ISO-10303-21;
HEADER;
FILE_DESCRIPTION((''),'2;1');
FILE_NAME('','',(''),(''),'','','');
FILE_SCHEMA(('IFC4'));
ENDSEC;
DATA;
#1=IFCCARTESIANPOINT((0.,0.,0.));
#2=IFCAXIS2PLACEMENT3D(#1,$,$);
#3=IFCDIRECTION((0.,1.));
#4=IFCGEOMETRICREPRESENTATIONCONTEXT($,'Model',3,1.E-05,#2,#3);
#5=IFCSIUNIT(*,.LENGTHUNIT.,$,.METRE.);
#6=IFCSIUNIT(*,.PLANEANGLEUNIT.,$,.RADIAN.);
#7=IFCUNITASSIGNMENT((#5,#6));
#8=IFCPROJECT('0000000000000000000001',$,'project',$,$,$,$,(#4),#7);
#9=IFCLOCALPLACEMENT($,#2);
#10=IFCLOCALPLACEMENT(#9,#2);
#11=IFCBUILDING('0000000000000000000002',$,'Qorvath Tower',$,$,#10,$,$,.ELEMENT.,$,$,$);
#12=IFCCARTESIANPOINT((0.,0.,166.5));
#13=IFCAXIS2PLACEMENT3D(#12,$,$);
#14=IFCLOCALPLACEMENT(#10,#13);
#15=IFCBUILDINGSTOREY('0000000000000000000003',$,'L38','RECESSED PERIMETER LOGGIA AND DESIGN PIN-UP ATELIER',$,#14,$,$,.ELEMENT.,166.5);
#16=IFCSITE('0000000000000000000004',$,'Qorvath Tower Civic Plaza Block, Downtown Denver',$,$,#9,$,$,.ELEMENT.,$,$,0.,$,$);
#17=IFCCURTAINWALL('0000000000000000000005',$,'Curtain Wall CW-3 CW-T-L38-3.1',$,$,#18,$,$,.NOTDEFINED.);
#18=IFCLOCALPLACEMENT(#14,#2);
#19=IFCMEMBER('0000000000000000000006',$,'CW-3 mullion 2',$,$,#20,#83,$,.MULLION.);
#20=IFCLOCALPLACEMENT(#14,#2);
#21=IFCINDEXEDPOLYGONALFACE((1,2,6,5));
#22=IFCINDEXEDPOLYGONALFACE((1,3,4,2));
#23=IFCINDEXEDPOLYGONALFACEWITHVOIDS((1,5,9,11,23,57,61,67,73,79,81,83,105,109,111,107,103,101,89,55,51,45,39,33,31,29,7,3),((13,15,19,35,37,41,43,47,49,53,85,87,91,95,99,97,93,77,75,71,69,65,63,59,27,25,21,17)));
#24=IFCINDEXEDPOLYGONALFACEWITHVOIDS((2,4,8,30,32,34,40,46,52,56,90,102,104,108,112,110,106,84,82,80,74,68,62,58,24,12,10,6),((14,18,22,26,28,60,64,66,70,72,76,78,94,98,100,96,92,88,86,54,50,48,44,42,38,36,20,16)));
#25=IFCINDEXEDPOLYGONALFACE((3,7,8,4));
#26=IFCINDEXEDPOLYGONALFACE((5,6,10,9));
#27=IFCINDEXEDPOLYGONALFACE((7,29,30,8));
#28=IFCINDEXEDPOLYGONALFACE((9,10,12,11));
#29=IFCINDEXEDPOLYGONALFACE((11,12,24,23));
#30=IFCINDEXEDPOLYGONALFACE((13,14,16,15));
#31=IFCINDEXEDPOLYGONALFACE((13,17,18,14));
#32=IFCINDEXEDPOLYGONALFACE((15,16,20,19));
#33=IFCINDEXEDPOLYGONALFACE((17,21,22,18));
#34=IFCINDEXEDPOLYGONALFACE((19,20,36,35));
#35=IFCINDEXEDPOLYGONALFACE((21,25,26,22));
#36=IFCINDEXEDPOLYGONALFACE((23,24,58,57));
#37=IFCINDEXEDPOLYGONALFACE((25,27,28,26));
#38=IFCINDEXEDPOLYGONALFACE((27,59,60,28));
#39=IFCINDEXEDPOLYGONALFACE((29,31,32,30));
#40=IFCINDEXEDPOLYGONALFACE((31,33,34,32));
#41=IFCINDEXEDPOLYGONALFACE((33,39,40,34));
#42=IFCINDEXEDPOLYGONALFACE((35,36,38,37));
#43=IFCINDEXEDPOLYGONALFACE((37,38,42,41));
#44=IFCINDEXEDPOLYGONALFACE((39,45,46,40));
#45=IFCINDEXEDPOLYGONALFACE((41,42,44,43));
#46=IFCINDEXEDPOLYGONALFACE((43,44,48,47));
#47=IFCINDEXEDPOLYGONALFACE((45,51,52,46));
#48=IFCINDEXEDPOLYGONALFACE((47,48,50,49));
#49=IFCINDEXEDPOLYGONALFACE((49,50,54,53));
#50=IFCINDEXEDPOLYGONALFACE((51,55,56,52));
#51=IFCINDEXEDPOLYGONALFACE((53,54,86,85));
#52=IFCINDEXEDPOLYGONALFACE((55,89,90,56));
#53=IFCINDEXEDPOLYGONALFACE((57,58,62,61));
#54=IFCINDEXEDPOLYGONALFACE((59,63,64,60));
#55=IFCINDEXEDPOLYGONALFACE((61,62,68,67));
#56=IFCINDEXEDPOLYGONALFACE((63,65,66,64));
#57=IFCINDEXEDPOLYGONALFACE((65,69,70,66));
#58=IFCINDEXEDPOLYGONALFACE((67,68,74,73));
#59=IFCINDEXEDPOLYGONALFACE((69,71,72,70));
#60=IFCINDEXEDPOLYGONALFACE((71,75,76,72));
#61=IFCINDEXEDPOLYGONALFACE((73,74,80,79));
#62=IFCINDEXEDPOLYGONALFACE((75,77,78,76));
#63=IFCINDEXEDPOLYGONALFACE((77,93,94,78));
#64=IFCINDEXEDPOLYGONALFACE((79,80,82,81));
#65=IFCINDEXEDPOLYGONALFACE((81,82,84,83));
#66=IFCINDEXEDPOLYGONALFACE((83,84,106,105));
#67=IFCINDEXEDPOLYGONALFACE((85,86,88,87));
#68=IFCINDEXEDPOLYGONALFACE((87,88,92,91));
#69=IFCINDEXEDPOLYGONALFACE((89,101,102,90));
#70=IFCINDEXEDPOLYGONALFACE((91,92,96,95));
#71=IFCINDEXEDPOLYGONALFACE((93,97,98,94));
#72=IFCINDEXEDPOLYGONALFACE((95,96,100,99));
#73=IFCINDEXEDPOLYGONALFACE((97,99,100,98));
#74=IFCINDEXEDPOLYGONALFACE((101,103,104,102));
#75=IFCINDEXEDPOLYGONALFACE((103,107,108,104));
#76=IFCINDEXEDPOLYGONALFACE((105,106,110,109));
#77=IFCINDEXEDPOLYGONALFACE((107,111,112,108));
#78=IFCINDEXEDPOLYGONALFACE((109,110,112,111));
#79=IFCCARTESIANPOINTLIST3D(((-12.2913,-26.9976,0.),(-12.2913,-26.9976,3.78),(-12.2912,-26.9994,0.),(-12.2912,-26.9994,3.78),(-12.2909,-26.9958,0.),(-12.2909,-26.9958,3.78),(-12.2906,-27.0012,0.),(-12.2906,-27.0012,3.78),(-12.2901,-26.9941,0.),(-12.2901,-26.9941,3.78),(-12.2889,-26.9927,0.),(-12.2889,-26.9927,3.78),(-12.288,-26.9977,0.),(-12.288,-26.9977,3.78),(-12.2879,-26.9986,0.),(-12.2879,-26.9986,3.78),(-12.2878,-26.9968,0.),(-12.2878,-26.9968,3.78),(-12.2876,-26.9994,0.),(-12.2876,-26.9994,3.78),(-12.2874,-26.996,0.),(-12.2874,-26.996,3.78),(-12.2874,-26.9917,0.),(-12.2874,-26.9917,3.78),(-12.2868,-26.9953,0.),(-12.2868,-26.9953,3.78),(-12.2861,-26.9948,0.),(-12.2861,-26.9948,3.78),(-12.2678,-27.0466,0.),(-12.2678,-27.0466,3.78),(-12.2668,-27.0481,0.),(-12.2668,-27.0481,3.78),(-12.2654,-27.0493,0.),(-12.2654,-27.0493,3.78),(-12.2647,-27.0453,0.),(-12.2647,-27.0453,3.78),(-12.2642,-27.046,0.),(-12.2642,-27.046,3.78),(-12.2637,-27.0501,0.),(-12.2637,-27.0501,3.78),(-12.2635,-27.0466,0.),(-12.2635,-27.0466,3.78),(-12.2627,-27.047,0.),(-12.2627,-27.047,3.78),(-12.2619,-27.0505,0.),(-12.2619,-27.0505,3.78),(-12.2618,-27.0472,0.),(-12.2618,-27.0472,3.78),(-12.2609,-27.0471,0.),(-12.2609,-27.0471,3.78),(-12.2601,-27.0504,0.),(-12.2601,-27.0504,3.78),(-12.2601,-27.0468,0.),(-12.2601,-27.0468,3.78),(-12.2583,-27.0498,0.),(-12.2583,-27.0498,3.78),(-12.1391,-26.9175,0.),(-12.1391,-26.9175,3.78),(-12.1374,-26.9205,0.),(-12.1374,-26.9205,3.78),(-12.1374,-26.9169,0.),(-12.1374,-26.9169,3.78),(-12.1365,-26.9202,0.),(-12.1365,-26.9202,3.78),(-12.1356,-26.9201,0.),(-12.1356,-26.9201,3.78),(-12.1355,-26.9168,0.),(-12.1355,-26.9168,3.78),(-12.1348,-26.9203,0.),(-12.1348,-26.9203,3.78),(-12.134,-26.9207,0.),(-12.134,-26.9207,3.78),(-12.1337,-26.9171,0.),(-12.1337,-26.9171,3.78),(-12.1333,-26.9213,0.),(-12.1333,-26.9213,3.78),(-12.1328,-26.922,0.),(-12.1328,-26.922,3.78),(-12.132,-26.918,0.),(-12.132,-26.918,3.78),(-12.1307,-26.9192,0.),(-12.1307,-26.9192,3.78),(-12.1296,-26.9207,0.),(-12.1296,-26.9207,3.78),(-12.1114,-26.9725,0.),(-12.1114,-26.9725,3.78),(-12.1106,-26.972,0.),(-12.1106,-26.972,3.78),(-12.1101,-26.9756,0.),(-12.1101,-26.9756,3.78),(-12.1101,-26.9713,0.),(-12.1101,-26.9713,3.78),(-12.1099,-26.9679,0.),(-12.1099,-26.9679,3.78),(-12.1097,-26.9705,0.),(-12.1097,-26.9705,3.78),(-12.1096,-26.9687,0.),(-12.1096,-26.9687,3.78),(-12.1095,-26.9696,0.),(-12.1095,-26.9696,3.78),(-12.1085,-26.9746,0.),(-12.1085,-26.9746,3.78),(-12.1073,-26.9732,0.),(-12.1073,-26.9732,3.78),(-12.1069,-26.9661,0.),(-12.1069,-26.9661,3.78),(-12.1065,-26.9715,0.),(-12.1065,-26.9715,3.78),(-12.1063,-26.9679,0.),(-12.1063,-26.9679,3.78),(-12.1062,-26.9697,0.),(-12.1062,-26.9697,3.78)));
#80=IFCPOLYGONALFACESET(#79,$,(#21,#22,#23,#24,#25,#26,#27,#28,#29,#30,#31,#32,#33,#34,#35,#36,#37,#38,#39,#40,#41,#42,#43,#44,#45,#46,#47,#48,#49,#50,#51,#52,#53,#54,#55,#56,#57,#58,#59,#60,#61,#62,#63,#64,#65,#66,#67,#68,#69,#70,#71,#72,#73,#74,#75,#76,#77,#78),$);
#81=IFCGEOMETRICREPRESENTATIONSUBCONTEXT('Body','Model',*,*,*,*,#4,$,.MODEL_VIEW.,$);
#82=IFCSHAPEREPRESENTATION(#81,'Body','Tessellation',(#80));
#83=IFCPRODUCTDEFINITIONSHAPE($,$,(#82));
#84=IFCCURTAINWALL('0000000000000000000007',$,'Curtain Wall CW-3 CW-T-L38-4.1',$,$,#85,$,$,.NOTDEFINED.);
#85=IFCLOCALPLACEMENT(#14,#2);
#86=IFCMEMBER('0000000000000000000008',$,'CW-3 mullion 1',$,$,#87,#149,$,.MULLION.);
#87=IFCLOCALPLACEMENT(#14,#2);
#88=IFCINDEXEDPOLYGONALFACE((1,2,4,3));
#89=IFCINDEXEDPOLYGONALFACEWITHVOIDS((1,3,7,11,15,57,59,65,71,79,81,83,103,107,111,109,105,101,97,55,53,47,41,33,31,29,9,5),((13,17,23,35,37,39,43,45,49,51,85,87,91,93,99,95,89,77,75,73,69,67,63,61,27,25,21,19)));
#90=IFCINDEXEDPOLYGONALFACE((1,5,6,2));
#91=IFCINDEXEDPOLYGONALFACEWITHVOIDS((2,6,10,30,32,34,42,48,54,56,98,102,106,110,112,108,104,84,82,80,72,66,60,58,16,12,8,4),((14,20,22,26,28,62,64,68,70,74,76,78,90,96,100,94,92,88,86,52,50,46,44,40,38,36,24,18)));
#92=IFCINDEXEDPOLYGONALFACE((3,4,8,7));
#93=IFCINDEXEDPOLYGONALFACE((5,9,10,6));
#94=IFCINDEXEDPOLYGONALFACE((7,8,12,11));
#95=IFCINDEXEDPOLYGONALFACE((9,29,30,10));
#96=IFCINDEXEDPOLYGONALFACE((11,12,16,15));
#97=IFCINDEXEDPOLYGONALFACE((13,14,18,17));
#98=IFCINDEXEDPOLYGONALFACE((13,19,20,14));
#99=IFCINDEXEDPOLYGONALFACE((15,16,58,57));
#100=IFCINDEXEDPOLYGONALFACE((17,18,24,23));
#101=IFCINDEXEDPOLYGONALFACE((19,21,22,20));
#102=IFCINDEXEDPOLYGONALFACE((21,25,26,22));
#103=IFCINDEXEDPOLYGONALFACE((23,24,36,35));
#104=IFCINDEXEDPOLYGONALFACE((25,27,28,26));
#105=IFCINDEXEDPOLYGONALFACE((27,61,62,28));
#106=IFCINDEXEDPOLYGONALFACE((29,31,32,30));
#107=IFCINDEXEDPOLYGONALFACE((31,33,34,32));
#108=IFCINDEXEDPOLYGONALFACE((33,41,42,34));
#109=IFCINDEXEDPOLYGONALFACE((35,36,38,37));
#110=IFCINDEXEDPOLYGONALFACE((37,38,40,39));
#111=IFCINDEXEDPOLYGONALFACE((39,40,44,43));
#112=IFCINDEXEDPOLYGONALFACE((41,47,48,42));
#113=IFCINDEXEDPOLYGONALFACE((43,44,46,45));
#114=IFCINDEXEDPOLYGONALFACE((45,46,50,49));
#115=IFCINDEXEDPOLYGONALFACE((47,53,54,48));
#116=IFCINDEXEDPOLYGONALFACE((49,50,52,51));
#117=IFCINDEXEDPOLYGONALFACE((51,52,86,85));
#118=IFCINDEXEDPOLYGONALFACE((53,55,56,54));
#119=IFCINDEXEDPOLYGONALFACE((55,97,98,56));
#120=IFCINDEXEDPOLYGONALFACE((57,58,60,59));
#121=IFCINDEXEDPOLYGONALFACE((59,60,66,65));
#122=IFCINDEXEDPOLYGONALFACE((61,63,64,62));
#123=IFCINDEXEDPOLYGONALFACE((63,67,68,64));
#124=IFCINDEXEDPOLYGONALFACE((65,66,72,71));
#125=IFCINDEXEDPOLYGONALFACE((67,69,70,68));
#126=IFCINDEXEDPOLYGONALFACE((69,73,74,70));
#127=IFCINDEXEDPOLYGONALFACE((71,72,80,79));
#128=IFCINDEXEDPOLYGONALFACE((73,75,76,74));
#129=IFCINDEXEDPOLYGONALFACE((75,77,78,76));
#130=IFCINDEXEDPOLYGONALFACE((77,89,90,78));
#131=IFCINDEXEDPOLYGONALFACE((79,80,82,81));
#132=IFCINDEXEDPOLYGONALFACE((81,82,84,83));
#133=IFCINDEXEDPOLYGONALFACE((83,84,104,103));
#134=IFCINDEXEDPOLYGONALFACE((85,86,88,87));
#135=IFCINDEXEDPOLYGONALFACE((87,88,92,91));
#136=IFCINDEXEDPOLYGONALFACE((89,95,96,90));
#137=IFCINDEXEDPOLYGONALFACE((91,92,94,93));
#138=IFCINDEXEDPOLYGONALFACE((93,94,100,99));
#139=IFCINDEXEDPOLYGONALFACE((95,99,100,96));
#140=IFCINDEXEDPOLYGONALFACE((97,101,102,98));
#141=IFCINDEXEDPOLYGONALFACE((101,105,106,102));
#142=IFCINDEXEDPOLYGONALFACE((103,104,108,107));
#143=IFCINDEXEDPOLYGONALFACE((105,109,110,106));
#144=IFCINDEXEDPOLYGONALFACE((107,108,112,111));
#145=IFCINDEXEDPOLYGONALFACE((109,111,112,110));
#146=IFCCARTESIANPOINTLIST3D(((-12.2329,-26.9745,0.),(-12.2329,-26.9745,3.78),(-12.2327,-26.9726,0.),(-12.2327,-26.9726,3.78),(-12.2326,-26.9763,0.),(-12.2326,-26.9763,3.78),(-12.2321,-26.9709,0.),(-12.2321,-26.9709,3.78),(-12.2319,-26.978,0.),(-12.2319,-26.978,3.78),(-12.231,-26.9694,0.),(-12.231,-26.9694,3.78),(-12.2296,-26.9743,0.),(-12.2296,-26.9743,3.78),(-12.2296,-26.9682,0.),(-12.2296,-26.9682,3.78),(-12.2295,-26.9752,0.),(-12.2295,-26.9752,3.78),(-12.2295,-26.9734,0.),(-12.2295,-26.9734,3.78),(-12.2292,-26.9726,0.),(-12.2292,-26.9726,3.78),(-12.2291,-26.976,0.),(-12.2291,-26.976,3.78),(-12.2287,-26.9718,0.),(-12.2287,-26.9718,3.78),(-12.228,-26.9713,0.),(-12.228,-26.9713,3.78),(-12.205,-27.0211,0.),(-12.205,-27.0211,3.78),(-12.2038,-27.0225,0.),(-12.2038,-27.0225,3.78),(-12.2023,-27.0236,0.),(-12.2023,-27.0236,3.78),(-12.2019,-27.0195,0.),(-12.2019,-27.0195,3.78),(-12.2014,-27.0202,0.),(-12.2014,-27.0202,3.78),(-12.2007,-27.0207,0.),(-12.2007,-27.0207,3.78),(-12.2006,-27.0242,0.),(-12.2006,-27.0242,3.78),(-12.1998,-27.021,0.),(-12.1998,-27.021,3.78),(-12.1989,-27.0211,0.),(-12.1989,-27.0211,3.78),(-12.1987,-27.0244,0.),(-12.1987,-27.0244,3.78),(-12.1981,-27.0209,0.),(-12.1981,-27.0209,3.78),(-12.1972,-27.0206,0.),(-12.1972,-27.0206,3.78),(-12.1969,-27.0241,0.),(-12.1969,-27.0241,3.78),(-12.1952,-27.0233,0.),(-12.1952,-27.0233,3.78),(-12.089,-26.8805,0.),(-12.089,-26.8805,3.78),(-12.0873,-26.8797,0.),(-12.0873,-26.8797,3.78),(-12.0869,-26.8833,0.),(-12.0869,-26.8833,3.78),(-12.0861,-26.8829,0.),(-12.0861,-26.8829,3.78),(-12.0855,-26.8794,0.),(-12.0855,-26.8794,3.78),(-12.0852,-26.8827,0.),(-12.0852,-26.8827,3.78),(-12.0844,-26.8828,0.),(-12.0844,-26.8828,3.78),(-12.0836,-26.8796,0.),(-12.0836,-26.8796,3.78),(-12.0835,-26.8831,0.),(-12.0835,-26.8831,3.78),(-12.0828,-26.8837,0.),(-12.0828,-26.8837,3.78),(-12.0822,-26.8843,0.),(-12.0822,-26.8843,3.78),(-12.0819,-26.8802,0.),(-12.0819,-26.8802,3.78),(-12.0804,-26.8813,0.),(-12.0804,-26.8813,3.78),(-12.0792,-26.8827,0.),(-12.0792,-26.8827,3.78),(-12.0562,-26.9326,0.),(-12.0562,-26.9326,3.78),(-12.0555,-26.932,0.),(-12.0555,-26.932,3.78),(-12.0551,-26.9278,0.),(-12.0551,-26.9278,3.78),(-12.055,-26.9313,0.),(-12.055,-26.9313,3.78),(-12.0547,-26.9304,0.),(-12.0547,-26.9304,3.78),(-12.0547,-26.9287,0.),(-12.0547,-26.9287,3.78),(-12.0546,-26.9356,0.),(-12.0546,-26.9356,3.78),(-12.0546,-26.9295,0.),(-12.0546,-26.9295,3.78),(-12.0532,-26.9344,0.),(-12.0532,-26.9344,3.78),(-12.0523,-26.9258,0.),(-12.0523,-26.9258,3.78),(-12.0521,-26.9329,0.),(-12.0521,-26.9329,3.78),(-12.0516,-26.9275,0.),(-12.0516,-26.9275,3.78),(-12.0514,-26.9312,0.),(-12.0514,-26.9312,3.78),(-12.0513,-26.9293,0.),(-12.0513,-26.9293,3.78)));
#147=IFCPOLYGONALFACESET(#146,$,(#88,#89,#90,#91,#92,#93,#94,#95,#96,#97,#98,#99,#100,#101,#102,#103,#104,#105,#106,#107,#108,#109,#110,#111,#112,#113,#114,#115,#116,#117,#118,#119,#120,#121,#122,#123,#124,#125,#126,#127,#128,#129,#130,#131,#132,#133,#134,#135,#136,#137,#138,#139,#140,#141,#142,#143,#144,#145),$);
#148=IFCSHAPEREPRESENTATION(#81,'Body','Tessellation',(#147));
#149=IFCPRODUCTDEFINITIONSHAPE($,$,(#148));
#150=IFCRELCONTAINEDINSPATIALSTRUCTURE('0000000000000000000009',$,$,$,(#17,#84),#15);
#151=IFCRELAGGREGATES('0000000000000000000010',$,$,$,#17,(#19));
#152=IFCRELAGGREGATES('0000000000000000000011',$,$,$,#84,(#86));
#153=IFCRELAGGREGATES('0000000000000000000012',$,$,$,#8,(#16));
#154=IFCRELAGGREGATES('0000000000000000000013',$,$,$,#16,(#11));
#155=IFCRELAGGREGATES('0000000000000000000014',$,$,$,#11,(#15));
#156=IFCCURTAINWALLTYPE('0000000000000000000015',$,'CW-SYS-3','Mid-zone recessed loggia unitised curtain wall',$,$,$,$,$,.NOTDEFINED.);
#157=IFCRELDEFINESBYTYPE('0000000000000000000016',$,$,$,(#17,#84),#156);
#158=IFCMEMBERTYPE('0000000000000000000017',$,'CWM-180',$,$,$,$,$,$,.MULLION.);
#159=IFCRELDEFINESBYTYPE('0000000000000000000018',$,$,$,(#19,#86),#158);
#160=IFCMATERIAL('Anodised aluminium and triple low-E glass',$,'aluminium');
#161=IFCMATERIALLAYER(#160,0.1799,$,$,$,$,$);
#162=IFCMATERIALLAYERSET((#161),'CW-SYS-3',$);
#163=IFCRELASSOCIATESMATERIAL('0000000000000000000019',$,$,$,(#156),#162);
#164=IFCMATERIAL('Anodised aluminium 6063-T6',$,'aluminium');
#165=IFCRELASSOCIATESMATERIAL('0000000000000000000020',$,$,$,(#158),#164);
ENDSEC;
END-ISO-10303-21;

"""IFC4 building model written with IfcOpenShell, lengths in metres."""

from ifc_helpers import new_model, si_unit, direction, frame, origin, origin_2d, place, context, subcontext, project, spatial, hollow_rectangle, extrude, material, layer, layer_set, material_profile, profile_set, type_object, element, aggregate, save


model = new_model("IFC4")

# Units and contexts
model_context = context("Model", 3, precision=1e-05, world=origin(), true_north=direction((0.0, 1.0)))
body_context = subcontext(model_context, "Body", "Model", "MODEL_VIEW")
ifc_project = project(units=[si_unit("LENGTHUNIT", "METRE"), si_unit("PLANEANGLEUNIT", "RADIAN")], contexts=[model_context])

# Site, building, storey
site_placement = place(None, origin())
site = spatial("IfcSite", under=ifc_project, at=site_placement, Name="Qorvath Tower Civic Plaza Block, Downtown Denver", CompositionType="ELEMENT", RefElevation=0.0)
building_placement = place(site_placement, origin())
building = spatial("IfcBuilding", under=site, at=building_placement, Name="Qorvath Tower", CompositionType="ELEMENT")
storey_placement = place(building_placement, frame((0.0, 0.0, 166.5)))
storey = spatial("IfcBuildingStorey", under=building, at=storey_placement, Name="L38", Description="RECESSED PERIMETER LOGGIA AND DESIGN PIN-UP ATELIER", CompositionType="ELEMENT", Elevation=166.5)

# Shared definitions
ifc_material_1 = material(Name="Anodised aluminium and triple low-E glass", Category="aluminium")
ifc_layer_1 = layer(ifc_material_1, 0.1799)
ifc_layer_set_1 = layer_set([ifc_layer_1], Name="CW-SYS-3")
curtain_wall_type = type_object("IfcCurtainWallType", Name="CW-SYS-3", Description="Mid-zone recessed loggia unitised curtain wall", PredefinedType="NOTDEFINED", material=ifc_layer_set_1)
ifc_material_2 = material(Name="Anodised aluminium 6063-T6", Category="aluminium")
ifc_material_profile_1 = material_profile(ifc_material_2, hollow_rectangle(XDim=0.0649, YDim=0.1799, WallThickness=0.0034, InnerFilletRadius=0.0034, OuterFilletRadius=0.0071, at=origin_2d()), Name="CWM 180x65")
ifc_profile_set_1 = profile_set([ifc_material_profile_1], Name="Anodised aluminium 6063-T6")
member_type_1 = type_object("IfcMemberType", Name="CWM-180", PredefinedType="MULLION", material=ifc_profile_set_1)

# Curtain walls, members
curtain_wall_1_placement = place(storey_placement, origin())
curtain_wall_1 = element("IfcCurtainWall", 1, at=curtain_wall_1_placement, inside=storey, type_object=curtain_wall_type, Name="Curtain Wall CW-3 CW-T-L38-3.1", PredefinedType="NOTDEFINED")
member_1_placement = place(storey_placement, frame((-12.1987, -26.9836, 0.0), z_axis=(0.0, 0.0, 1.0), x_axis=(-0.447222, 0.894423, 0.0)))
member_1 = element("IfcMember", 2, at=member_1_placement, type_object=member_type_1, Name="CW-3 mullion 2", PredefinedType="MULLION", context=body_context, shape_type="SweptSolid", body=[
    extrude(hollow_rectangle(XDim=0.0649, YDim=0.1799, WallThickness=0.0034, InnerFilletRadius=0.0034, OuterFilletRadius=0.0071, at=origin_2d()), origin(), (0.0, 0.0, 1.0), 3.78),
])
curtain_wall_2_placement = place(storey_placement, origin())
curtain_wall_2 = element("IfcCurtainWall", 3, at=curtain_wall_2_placement, inside=storey, type_object=curtain_wall_type, Name="Curtain Wall CW-3 CW-T-L38-4.1", PredefinedType="NOTDEFINED")
member_2_placement = place(storey_placement, frame((-12.1421, -26.9519, 0.0), z_axis=(0.0, 0.0, 1.0), x_axis=(-0.529328, 0.848417, 0.0)))
member_2 = element("IfcMember", 4, at=member_2_placement, type_object=member_type_1, Name="CW-3 mullion 1", PredefinedType="MULLION", context=body_context, shape_type="SweptSolid", body=[
    extrude(hollow_rectangle(XDim=0.0649, YDim=0.1799, WallThickness=0.0034, InnerFilletRadius=0.0034, OuterFilletRadius=0.0071, at=origin_2d()), origin(), (0.0, 0.0, 1.0), 3.78),
])

aggregate(curtain_wall_1, [member_1])
aggregate(curtain_wall_2, [member_2])

save(model, "model.ifc")
